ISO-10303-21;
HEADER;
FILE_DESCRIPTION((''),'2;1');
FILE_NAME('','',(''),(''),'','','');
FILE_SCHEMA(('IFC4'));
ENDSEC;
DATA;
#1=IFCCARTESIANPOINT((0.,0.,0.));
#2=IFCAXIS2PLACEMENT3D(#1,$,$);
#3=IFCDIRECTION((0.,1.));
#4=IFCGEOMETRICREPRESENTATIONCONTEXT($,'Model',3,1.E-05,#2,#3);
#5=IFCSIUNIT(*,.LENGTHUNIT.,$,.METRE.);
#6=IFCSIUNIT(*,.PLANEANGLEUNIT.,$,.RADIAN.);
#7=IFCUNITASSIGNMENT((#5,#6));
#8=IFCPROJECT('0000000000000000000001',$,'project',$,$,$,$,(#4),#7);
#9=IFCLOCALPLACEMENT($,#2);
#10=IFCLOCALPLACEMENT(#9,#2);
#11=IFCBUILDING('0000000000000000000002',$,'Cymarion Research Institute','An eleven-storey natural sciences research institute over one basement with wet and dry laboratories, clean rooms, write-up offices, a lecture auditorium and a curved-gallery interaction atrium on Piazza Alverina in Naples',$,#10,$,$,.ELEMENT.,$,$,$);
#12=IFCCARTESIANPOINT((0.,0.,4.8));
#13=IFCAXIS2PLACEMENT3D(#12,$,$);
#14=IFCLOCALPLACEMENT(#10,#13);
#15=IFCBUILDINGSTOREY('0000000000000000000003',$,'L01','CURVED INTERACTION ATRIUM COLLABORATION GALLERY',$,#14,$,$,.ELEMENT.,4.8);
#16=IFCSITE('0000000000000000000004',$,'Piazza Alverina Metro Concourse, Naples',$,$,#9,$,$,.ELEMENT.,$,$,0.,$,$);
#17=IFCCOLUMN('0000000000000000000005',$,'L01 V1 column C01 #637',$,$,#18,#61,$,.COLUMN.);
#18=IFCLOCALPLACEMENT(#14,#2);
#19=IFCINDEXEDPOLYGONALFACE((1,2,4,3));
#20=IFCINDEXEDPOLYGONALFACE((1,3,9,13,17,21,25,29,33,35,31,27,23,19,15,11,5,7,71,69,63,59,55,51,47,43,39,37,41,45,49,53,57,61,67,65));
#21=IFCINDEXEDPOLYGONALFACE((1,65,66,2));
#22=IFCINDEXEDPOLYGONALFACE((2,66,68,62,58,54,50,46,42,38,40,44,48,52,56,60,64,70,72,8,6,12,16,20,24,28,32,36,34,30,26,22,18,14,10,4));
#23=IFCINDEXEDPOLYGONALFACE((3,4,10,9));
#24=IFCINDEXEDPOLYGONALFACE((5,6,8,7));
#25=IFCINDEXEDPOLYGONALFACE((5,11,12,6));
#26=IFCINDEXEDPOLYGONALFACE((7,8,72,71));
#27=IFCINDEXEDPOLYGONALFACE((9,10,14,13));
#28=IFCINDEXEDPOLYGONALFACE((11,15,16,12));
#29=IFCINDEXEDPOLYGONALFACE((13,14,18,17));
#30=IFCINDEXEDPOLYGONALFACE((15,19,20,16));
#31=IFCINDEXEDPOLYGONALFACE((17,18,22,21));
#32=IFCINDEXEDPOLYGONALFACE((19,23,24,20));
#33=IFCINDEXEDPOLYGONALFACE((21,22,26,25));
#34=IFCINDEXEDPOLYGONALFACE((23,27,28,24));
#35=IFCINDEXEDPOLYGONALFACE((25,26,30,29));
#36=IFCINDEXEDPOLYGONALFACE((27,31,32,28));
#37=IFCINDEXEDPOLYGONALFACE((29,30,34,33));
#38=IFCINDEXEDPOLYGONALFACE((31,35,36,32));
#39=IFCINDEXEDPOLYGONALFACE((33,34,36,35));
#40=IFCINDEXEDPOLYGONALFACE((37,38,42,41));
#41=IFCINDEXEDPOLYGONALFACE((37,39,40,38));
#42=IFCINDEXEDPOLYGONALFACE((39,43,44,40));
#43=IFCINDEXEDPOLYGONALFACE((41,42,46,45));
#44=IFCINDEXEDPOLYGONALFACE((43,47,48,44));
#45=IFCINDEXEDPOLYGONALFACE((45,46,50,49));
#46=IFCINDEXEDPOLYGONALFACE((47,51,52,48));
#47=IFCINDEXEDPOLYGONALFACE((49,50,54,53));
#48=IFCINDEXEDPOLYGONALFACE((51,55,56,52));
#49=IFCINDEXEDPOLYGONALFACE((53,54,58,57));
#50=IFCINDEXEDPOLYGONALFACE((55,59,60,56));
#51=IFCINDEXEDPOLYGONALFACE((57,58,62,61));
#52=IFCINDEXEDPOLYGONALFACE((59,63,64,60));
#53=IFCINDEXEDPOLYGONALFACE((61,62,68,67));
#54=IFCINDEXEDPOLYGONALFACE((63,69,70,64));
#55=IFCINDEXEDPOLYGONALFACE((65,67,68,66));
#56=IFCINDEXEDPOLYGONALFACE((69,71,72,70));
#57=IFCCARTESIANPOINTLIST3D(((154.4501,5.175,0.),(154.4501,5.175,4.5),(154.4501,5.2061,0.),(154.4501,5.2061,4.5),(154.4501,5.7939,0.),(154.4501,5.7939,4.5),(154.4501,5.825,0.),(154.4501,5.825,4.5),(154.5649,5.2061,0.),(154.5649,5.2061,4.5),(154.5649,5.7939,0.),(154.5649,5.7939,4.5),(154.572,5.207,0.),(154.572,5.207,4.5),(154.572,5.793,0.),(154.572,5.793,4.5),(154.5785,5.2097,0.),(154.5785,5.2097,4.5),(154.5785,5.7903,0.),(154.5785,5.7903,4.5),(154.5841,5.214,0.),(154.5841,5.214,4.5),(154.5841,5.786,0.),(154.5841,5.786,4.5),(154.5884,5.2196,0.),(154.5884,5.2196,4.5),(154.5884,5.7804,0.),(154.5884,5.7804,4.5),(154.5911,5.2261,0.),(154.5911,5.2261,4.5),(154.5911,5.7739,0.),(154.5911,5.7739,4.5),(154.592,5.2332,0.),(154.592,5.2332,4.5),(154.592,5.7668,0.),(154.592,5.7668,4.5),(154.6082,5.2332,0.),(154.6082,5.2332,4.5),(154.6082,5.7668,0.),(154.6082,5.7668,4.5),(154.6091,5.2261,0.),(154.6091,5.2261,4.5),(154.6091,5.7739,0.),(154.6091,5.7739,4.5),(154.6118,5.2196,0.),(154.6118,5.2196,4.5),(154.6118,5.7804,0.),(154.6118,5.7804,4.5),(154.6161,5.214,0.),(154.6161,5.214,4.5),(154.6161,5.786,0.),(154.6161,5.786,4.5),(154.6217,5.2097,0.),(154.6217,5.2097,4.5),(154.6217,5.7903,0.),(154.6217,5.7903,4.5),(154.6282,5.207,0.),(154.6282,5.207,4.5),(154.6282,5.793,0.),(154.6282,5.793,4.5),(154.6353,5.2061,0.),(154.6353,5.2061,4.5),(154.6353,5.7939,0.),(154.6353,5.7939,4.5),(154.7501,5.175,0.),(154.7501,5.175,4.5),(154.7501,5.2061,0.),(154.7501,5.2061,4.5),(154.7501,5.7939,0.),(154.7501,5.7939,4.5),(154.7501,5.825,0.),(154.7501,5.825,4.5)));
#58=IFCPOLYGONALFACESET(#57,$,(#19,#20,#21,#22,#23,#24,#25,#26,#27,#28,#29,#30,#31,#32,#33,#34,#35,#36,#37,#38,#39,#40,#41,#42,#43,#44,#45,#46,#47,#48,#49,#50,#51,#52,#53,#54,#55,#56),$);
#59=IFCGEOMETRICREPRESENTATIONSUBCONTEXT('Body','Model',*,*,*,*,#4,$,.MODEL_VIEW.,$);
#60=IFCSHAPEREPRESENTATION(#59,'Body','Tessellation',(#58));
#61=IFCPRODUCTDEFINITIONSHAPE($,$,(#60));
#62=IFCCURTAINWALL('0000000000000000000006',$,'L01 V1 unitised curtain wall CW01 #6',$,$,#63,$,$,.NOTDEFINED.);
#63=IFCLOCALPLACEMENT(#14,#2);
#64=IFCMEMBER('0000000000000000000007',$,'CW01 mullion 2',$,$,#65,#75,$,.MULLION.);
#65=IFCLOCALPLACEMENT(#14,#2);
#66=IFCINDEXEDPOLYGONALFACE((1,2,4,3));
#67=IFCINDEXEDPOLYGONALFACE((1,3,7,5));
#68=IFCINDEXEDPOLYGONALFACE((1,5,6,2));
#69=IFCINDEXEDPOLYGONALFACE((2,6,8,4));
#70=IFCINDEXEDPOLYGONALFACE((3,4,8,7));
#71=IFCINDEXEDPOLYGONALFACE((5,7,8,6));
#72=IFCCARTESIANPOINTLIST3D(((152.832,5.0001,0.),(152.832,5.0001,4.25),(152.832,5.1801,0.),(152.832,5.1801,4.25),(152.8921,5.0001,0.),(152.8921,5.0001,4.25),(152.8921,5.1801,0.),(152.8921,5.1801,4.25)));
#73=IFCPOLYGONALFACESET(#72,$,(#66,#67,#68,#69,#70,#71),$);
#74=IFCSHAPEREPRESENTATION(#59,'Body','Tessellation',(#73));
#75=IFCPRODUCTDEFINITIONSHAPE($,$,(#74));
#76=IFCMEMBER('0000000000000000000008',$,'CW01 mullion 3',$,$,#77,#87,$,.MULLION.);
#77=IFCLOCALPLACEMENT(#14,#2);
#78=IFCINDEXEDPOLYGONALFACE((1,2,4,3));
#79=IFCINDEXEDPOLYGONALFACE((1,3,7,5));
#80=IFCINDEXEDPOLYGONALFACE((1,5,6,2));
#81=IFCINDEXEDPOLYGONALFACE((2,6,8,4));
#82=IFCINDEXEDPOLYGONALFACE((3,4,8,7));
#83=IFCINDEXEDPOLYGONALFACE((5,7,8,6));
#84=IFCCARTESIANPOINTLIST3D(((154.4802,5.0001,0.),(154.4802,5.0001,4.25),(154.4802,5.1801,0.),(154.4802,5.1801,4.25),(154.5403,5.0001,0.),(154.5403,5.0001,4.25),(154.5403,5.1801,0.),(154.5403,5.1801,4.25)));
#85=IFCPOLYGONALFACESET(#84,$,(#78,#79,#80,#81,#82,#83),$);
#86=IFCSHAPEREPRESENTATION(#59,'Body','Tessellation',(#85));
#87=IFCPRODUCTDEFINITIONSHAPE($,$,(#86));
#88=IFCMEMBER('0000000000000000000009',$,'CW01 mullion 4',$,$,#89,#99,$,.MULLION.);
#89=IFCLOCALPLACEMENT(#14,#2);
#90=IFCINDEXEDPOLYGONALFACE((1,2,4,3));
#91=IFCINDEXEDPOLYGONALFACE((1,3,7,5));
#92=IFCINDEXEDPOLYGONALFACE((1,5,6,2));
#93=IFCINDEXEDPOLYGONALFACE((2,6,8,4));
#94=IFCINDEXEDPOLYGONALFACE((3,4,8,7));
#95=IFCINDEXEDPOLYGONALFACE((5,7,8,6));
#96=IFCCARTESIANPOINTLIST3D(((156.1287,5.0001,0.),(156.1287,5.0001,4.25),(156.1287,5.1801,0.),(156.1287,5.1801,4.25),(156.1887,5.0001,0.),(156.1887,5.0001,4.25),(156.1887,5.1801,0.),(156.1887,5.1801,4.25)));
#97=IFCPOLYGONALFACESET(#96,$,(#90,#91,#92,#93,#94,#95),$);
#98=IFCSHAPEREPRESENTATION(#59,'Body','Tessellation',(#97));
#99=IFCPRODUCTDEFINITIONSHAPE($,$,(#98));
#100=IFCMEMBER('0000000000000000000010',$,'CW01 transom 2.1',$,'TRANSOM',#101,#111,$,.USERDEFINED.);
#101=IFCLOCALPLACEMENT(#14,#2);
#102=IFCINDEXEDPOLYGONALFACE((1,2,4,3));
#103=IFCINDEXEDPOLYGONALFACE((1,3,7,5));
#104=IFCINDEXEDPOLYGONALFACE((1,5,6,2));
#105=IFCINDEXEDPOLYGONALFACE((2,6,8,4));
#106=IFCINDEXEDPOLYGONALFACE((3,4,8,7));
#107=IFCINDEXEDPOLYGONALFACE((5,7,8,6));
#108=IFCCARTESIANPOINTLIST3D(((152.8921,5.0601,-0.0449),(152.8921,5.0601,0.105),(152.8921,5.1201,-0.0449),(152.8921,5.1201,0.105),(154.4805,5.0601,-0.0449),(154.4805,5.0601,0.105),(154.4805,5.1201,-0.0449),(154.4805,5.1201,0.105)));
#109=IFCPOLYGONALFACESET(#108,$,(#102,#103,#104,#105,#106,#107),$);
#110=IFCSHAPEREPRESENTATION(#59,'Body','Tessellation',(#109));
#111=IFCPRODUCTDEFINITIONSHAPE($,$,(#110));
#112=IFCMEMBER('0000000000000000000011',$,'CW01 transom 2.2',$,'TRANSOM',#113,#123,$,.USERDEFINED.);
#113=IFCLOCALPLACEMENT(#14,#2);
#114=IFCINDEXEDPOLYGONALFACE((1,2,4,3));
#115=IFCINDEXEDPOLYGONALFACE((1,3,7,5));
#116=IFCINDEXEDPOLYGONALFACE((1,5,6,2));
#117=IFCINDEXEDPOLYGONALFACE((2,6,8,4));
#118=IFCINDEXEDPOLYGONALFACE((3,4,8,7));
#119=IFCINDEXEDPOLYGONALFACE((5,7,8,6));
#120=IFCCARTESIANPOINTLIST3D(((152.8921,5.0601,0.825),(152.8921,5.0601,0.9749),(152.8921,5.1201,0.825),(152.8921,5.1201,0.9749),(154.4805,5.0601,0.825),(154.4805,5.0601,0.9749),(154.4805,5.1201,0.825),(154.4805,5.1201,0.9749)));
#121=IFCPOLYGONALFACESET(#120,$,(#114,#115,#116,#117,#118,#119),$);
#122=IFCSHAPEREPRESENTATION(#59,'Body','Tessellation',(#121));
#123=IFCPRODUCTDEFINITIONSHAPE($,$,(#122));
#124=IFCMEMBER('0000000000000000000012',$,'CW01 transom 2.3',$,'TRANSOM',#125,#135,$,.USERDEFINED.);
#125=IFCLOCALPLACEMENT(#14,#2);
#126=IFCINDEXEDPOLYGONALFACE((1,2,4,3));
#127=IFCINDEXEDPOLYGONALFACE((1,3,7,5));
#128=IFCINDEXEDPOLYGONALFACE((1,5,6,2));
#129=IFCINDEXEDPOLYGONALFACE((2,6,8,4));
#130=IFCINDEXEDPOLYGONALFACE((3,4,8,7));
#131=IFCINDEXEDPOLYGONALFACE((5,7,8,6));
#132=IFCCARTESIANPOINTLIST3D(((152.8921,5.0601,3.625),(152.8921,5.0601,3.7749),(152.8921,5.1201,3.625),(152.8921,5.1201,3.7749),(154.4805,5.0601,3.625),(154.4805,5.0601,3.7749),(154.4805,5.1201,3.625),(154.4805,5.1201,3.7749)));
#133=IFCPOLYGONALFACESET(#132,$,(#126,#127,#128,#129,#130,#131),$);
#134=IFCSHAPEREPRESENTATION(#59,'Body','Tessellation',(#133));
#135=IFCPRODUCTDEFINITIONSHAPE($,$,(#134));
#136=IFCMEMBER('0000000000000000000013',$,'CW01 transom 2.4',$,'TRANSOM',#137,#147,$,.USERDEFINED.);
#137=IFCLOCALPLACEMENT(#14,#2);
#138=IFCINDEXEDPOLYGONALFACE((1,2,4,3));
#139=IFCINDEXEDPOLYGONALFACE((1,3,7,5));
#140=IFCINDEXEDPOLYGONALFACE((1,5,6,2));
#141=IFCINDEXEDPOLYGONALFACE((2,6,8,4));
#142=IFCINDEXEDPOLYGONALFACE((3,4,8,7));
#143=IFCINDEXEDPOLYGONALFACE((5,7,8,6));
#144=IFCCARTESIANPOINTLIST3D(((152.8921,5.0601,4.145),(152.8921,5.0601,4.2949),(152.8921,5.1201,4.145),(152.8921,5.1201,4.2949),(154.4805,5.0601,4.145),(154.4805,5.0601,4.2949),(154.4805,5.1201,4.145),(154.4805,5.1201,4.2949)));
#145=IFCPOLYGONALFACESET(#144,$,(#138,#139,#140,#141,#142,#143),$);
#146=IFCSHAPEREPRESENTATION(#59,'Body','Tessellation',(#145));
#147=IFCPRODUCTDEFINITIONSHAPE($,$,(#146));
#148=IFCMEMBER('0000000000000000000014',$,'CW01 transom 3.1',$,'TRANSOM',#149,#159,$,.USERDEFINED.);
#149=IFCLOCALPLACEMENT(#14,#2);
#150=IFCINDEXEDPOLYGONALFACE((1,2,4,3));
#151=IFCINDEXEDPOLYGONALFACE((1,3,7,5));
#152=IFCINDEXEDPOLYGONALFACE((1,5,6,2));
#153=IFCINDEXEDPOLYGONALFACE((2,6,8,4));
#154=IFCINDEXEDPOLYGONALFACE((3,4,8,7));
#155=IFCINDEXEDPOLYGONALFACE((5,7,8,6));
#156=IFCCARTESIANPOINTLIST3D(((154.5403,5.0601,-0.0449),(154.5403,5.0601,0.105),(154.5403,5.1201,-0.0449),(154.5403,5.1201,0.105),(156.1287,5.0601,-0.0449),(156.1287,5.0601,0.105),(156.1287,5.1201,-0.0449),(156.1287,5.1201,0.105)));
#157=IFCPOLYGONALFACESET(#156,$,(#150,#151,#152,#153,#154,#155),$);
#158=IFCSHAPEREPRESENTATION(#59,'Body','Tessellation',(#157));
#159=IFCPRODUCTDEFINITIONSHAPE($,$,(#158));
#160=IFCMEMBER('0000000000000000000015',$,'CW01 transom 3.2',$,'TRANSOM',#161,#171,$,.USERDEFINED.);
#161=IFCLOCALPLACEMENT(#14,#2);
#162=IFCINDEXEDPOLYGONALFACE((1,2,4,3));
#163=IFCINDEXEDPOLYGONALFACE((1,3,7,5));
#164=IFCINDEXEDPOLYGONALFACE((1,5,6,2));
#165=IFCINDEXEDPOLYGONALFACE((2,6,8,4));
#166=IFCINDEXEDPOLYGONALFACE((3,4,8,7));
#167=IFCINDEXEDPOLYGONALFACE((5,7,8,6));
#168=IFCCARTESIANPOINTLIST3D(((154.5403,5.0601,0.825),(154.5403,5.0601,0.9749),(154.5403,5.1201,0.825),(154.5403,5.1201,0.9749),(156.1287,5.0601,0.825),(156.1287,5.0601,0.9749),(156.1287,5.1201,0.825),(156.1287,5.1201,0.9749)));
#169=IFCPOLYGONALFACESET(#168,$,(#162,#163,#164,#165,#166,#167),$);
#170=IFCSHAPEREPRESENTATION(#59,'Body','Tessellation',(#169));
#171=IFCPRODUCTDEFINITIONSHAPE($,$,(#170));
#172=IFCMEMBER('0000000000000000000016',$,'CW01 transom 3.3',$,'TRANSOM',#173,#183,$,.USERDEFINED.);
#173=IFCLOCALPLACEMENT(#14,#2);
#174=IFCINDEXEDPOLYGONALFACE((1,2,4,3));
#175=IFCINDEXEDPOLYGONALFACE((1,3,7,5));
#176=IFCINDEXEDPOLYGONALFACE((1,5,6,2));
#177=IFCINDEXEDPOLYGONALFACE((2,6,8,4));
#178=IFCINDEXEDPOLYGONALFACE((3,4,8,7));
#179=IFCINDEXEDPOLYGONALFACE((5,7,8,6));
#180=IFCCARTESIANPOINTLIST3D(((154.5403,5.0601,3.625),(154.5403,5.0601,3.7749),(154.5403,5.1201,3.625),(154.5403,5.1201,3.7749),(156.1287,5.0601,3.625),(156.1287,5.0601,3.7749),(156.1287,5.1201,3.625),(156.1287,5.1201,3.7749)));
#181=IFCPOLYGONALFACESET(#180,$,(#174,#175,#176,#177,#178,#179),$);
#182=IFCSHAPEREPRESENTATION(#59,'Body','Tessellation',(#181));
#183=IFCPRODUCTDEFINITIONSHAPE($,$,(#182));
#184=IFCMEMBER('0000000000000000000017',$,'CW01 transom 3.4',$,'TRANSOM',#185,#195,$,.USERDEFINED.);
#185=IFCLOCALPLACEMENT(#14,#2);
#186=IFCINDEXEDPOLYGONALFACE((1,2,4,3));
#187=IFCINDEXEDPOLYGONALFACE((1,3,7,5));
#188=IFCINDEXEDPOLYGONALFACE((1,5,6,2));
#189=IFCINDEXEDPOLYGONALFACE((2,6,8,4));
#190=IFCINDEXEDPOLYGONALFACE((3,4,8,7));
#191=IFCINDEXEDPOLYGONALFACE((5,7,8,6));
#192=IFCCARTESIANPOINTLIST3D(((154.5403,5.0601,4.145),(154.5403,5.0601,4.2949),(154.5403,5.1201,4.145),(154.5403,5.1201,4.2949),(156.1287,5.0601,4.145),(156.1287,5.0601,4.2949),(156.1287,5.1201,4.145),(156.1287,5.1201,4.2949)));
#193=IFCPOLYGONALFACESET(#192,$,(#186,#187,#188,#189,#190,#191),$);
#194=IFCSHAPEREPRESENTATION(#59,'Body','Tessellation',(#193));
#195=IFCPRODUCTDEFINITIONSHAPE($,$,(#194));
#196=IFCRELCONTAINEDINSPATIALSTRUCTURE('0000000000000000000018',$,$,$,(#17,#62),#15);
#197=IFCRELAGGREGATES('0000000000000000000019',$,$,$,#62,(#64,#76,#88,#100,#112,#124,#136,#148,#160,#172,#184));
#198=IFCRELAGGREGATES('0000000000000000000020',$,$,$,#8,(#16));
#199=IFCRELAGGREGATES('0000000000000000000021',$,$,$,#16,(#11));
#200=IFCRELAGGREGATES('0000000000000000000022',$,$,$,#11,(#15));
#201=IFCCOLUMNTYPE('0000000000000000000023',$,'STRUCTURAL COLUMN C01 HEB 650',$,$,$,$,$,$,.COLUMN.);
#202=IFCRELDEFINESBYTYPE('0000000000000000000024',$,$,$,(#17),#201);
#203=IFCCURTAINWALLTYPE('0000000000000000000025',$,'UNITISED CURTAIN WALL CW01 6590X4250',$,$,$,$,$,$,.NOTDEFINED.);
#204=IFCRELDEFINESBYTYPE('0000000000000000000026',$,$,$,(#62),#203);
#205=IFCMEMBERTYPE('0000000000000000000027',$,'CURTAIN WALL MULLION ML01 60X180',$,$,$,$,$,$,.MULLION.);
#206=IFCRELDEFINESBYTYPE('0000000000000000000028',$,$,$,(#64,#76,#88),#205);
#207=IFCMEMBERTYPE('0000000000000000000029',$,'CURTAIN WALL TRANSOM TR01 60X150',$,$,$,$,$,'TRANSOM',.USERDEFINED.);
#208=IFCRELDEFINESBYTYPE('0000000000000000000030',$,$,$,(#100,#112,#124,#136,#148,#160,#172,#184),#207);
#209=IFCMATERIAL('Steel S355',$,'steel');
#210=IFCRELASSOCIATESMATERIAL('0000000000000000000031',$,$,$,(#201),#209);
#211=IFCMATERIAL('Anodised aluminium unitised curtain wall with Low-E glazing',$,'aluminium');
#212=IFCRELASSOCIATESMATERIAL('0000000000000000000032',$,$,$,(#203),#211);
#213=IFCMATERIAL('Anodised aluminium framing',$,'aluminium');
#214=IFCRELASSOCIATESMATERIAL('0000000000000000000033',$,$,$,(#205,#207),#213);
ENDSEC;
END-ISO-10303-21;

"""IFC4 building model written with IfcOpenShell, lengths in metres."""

from ifc_helpers import new_model, si_unit, direction, frame, origin, origin_2d, place, context, subcontext, project, spatial, rectangle, i_section, extrude, material, material_profile, profile_set, type_object, element, aggregate, save


model = new_model("IFC4")

# Units and contexts
model_context = context("Model", 3, precision=1e-05, world=origin(), true_north=direction((0.0, 1.0)))
body_context = subcontext(model_context, "Body", "Model", "MODEL_VIEW")
ifc_project = project(units=[si_unit("LENGTHUNIT", "METRE"), si_unit("PLANEANGLEUNIT", "RADIAN")], contexts=[model_context])

# Site, building, storey
site_placement = place(None, origin())
site = spatial("IfcSite", under=ifc_project, at=site_placement, Name="Piazza Alverina Metro Concourse, Naples", CompositionType="ELEMENT", RefElevation=0.0)
building_placement = place(site_placement, origin())
building = spatial("IfcBuilding", under=site, at=building_placement, Name="Cymarion Research Institute", Description="An eleven-storey natural sciences research institute over one basement with wet and dry laboratories, clean rooms, write-up offices, a lecture auditorium and a curved-gallery interaction atrium on Piazza Alverina in Naples", CompositionType="ELEMENT")
storey_placement = place(building_placement, frame((0.0, 0.0, 4.8)))
storey = spatial("IfcBuildingStorey", under=building, at=storey_placement, Name="L01", Description="CURVED INTERACTION ATRIUM COLLABORATION GALLERY", CompositionType="ELEMENT", Elevation=4.8)

# Column
ifc_material_1 = material(Name="Steel S355", Category="steel")
ifc_material_profile_1 = material_profile(ifc_material_1, i_section(OverallWidth=0.3, OverallDepth=0.6499, WebThickness=0.0161, FlangeThickness=0.031, FilletRadius=0.0271, at=origin_2d()), Name="HEB 650")
ifc_profile_set_1 = profile_set([ifc_material_profile_1], Name="Steel S355")
column_type = type_object("IfcColumnType", Name="STRUCTURAL COLUMN C01 HEB 650", PredefinedType="COLUMN", material=ifc_profile_set_1)
column_placement = place(storey_placement, frame((154.6001, 5.5, 0.0), z_axis=(0.0, 0.0, 1.0), x_axis=(1.0, 0.0, 0.0)))
element("IfcColumn", 1, at=column_placement, inside=storey, type_object=column_type, Name="L01 V1 column C01 #637", PredefinedType="COLUMN", context=body_context, shape_type="SweptSolid", body=[
    extrude(i_section(OverallWidth=0.3, OverallDepth=0.6499, WebThickness=0.0161, FlangeThickness=0.031, FilletRadius=0.0271, at=origin_2d()), origin(), (0.0, 0.0, 1.0), 4.5),
])

# Curtain wall, members
ifc_material_2 = material(Name="Anodised aluminium unitised curtain wall with Low-E glazing", Category="aluminium")
curtain_wall_type = type_object("IfcCurtainWallType", Name="UNITISED CURTAIN WALL CW01 6590X4250", PredefinedType="NOTDEFINED", material=ifc_material_2)
curtain_wall_placement = place(storey_placement, origin())
curtain_wall = element("IfcCurtainWall", 2, at=curtain_wall_placement, inside=storey, type_object=curtain_wall_type, Name="L01 V1 unitised curtain wall CW01 #6", PredefinedType="NOTDEFINED")
ifc_material_3 = material(Name="Anodised aluminium framing", Category="aluminium")
ifc_material_profile_2 = material_profile(ifc_material_3, rectangle(XDim=0.0601, YDim=0.1799, at=origin_2d()), Name="ALU MULLION 60x180")
ifc_profile_set_2 = profile_set([ifc_material_profile_2], Name="Anodised aluminium framing")
member_type_1 = type_object("IfcMemberType", Name="CURTAIN WALL MULLION ML01 60X180", PredefinedType="MULLION", material=ifc_profile_set_2)
member_1_placement = place(storey_placement, frame((152.8621, 5.0901, 0.0), z_axis=(0.0, 0.0, 1.0), x_axis=(1.0, 0.0, 0.0)))
member_1 = element("IfcMember", 3, at=member_1_placement, type_object=member_type_1, Name="CW01 mullion 2", PredefinedType="MULLION", context=body_context, shape_type="SweptSolid", body=[
    extrude(rectangle(XDim=0.0601, YDim=0.1799, at=origin_2d()), origin(), (0.0, 0.0, 1.0), 4.25),
])
member_2_placement = place(storey_placement, frame((154.5103, 5.0901, 0.0), z_axis=(0.0, 0.0, 1.0), x_axis=(1.0, 0.0, 0.0)))
member_2 = element("IfcMember", 4, at=member_2_placement, type_object=member_type_1, Name="CW01 mullion 3", PredefinedType="MULLION", context=body_context, shape_type="SweptSolid", body=[
    extrude(rectangle(XDim=0.0601, YDim=0.1799, at=origin_2d()), origin(), (0.0, 0.0, 1.0), 4.25),
])
member_3_placement = place(storey_placement, frame((156.1587, 5.0901, 0.0), z_axis=(0.0, 0.0, 1.0), x_axis=(1.0, 0.0, 0.0)))
member_3 = element("IfcMember", 5, at=member_3_placement, type_object=member_type_1, Name="CW01 mullion 4", PredefinedType="MULLION", context=body_context, shape_type="SweptSolid", body=[
    extrude(rectangle(XDim=0.0601, YDim=0.1799, at=origin_2d()), origin(), (0.0, 0.0, 1.0), 4.25),
])
ifc_material_profile_3 = material_profile(ifc_material_3, rectangle(XDim=0.0601, YDim=0.1499, at=origin_2d()), Name="ALU TRANSOM 60x150")
ifc_profile_set_3 = profile_set([ifc_material_profile_3], Name="Anodised aluminium framing")
member_type_2 = type_object("IfcMemberType", Name="CURTAIN WALL TRANSOM TR01 60X150", ElementType="TRANSOM", PredefinedType="USERDEFINED", material=ifc_profile_set_3)
member_4_placement = place(storey_placement, frame((152.8921, 5.0901, 0.03), z_axis=(1.0, 0.0, 0.0), x_axis=(0.0, 1.0, 0.0)))
member_4 = element("IfcMember", 6, at=member_4_placement, type_object=member_type_2, Name="CW01 transom 2.1", ObjectType="TRANSOM", PredefinedType="USERDEFINED", context=body_context, shape_type="SweptSolid", body=[
    extrude(rectangle(XDim=0.0601, YDim=0.1499, at=origin_2d()), origin(), (0.0, 0.0, 1.0), 1.5884),
])
member_5_placement = place(storey_placement, frame((152.8921, 5.0901, 0.8999), z_axis=(1.0, 0.0, 0.0), x_axis=(0.0, 1.0, 0.0)))
member_5 = element("IfcMember", 7, at=member_5_placement, type_object=member_type_2, Name="CW01 transom 2.2", ObjectType="TRANSOM", PredefinedType="USERDEFINED", context=body_context, shape_type="SweptSolid", body=[
    extrude(rectangle(XDim=0.0601, YDim=0.1499, at=origin_2d()), origin(), (0.0, 0.0, 1.0), 1.5884),
])
member_6_placement = place(storey_placement, frame((152.8921, 5.0901, 3.7), z_axis=(1.0, 0.0, 0.0), x_axis=(0.0, 1.0, 0.0)))
member_6 = element("IfcMember", 8, at=member_6_placement, type_object=member_type_2, Name="CW01 transom 2.3", ObjectType="TRANSOM", PredefinedType="USERDEFINED", context=body_context, shape_type="SweptSolid", body=[
    extrude(rectangle(XDim=0.0601, YDim=0.1499, at=origin_2d()), origin(), (0.0, 0.0, 1.0), 1.5884),
])
member_7_placement = place(storey_placement, frame((152.8921, 5.0901, 4.22), z_axis=(1.0, 0.0, 0.0), x_axis=(0.0, 1.0, 0.0)))
member_7 = element("IfcMember", 9, at=member_7_placement, type_object=member_type_2, Name="CW01 transom 2.4", ObjectType="TRANSOM", PredefinedType="USERDEFINED", context=body_context, shape_type="SweptSolid", body=[
    extrude(rectangle(XDim=0.0601, YDim=0.1499, at=origin_2d()), origin(), (0.0, 0.0, 1.0), 1.5884),
])
member_8_placement = place(storey_placement, frame((154.5403, 5.0901, 0.03), z_axis=(1.0, 0.0, 0.0), x_axis=(0.0, 1.0, 0.0)))
member_8 = element("IfcMember", 10, at=member_8_placement, type_object=member_type_2, Name="CW01 transom 3.1", ObjectType="TRANSOM", PredefinedType="USERDEFINED", context=body_context, shape_type="SweptSolid", body=[
    extrude(rectangle(XDim=0.0601, YDim=0.1499, at=origin_2d()), origin(), (0.0, 0.0, 1.0), 1.5884),
])
member_9_placement = place(storey_placement, frame((154.5403, 5.0901, 0.8999), z_axis=(1.0, 0.0, 0.0), x_axis=(0.0, 1.0, 0.0)))
member_9 = element("IfcMember", 11, at=member_9_placement, type_object=member_type_2, Name="CW01 transom 3.2", ObjectType="TRANSOM", PredefinedType="USERDEFINED", context=body_context, shape_type="SweptSolid", body=[
    extrude(rectangle(XDim=0.0601, YDim=0.1499, at=origin_2d()), origin(), (0.0, 0.0, 1.0), 1.5884),
])
member_10_placement = place(storey_placement, frame((154.5403, 5.0901, 3.7), z_axis=(1.0, 0.0, 0.0), x_axis=(0.0, 1.0, 0.0)))
member_10 = element("IfcMember", 12, at=member_10_placement, type_object=member_type_2, Name="CW01 transom 3.3", ObjectType="TRANSOM", PredefinedType="USERDEFINED", context=body_context, shape_type="SweptSolid", body=[
    extrude(rectangle(XDim=0.0601, YDim=0.1499, at=origin_2d()), origin(), (0.0, 0.0, 1.0), 1.5884),
])
member_11_placement = place(storey_placement, frame((154.5403, 5.0901, 4.22), z_axis=(1.0, 0.0, 0.0), x_axis=(0.0, 1.0, 0.0)))
member_11 = element("IfcMember", 13, at=member_11_placement, type_object=member_type_2, Name="CW01 transom 3.4", ObjectType="TRANSOM", PredefinedType="USERDEFINED", context=body_context, shape_type="SweptSolid", body=[
    extrude(rectangle(XDim=0.0601, YDim=0.1499, at=origin_2d()), origin(), (0.0, 0.0, 1.0), 1.5884),
])

aggregate(curtain_wall, [member_1, member_2, member_3, member_4, member_5, member_6, member_7, member_8, member_9, member_10, member_11])

save(model, "model.ifc")
